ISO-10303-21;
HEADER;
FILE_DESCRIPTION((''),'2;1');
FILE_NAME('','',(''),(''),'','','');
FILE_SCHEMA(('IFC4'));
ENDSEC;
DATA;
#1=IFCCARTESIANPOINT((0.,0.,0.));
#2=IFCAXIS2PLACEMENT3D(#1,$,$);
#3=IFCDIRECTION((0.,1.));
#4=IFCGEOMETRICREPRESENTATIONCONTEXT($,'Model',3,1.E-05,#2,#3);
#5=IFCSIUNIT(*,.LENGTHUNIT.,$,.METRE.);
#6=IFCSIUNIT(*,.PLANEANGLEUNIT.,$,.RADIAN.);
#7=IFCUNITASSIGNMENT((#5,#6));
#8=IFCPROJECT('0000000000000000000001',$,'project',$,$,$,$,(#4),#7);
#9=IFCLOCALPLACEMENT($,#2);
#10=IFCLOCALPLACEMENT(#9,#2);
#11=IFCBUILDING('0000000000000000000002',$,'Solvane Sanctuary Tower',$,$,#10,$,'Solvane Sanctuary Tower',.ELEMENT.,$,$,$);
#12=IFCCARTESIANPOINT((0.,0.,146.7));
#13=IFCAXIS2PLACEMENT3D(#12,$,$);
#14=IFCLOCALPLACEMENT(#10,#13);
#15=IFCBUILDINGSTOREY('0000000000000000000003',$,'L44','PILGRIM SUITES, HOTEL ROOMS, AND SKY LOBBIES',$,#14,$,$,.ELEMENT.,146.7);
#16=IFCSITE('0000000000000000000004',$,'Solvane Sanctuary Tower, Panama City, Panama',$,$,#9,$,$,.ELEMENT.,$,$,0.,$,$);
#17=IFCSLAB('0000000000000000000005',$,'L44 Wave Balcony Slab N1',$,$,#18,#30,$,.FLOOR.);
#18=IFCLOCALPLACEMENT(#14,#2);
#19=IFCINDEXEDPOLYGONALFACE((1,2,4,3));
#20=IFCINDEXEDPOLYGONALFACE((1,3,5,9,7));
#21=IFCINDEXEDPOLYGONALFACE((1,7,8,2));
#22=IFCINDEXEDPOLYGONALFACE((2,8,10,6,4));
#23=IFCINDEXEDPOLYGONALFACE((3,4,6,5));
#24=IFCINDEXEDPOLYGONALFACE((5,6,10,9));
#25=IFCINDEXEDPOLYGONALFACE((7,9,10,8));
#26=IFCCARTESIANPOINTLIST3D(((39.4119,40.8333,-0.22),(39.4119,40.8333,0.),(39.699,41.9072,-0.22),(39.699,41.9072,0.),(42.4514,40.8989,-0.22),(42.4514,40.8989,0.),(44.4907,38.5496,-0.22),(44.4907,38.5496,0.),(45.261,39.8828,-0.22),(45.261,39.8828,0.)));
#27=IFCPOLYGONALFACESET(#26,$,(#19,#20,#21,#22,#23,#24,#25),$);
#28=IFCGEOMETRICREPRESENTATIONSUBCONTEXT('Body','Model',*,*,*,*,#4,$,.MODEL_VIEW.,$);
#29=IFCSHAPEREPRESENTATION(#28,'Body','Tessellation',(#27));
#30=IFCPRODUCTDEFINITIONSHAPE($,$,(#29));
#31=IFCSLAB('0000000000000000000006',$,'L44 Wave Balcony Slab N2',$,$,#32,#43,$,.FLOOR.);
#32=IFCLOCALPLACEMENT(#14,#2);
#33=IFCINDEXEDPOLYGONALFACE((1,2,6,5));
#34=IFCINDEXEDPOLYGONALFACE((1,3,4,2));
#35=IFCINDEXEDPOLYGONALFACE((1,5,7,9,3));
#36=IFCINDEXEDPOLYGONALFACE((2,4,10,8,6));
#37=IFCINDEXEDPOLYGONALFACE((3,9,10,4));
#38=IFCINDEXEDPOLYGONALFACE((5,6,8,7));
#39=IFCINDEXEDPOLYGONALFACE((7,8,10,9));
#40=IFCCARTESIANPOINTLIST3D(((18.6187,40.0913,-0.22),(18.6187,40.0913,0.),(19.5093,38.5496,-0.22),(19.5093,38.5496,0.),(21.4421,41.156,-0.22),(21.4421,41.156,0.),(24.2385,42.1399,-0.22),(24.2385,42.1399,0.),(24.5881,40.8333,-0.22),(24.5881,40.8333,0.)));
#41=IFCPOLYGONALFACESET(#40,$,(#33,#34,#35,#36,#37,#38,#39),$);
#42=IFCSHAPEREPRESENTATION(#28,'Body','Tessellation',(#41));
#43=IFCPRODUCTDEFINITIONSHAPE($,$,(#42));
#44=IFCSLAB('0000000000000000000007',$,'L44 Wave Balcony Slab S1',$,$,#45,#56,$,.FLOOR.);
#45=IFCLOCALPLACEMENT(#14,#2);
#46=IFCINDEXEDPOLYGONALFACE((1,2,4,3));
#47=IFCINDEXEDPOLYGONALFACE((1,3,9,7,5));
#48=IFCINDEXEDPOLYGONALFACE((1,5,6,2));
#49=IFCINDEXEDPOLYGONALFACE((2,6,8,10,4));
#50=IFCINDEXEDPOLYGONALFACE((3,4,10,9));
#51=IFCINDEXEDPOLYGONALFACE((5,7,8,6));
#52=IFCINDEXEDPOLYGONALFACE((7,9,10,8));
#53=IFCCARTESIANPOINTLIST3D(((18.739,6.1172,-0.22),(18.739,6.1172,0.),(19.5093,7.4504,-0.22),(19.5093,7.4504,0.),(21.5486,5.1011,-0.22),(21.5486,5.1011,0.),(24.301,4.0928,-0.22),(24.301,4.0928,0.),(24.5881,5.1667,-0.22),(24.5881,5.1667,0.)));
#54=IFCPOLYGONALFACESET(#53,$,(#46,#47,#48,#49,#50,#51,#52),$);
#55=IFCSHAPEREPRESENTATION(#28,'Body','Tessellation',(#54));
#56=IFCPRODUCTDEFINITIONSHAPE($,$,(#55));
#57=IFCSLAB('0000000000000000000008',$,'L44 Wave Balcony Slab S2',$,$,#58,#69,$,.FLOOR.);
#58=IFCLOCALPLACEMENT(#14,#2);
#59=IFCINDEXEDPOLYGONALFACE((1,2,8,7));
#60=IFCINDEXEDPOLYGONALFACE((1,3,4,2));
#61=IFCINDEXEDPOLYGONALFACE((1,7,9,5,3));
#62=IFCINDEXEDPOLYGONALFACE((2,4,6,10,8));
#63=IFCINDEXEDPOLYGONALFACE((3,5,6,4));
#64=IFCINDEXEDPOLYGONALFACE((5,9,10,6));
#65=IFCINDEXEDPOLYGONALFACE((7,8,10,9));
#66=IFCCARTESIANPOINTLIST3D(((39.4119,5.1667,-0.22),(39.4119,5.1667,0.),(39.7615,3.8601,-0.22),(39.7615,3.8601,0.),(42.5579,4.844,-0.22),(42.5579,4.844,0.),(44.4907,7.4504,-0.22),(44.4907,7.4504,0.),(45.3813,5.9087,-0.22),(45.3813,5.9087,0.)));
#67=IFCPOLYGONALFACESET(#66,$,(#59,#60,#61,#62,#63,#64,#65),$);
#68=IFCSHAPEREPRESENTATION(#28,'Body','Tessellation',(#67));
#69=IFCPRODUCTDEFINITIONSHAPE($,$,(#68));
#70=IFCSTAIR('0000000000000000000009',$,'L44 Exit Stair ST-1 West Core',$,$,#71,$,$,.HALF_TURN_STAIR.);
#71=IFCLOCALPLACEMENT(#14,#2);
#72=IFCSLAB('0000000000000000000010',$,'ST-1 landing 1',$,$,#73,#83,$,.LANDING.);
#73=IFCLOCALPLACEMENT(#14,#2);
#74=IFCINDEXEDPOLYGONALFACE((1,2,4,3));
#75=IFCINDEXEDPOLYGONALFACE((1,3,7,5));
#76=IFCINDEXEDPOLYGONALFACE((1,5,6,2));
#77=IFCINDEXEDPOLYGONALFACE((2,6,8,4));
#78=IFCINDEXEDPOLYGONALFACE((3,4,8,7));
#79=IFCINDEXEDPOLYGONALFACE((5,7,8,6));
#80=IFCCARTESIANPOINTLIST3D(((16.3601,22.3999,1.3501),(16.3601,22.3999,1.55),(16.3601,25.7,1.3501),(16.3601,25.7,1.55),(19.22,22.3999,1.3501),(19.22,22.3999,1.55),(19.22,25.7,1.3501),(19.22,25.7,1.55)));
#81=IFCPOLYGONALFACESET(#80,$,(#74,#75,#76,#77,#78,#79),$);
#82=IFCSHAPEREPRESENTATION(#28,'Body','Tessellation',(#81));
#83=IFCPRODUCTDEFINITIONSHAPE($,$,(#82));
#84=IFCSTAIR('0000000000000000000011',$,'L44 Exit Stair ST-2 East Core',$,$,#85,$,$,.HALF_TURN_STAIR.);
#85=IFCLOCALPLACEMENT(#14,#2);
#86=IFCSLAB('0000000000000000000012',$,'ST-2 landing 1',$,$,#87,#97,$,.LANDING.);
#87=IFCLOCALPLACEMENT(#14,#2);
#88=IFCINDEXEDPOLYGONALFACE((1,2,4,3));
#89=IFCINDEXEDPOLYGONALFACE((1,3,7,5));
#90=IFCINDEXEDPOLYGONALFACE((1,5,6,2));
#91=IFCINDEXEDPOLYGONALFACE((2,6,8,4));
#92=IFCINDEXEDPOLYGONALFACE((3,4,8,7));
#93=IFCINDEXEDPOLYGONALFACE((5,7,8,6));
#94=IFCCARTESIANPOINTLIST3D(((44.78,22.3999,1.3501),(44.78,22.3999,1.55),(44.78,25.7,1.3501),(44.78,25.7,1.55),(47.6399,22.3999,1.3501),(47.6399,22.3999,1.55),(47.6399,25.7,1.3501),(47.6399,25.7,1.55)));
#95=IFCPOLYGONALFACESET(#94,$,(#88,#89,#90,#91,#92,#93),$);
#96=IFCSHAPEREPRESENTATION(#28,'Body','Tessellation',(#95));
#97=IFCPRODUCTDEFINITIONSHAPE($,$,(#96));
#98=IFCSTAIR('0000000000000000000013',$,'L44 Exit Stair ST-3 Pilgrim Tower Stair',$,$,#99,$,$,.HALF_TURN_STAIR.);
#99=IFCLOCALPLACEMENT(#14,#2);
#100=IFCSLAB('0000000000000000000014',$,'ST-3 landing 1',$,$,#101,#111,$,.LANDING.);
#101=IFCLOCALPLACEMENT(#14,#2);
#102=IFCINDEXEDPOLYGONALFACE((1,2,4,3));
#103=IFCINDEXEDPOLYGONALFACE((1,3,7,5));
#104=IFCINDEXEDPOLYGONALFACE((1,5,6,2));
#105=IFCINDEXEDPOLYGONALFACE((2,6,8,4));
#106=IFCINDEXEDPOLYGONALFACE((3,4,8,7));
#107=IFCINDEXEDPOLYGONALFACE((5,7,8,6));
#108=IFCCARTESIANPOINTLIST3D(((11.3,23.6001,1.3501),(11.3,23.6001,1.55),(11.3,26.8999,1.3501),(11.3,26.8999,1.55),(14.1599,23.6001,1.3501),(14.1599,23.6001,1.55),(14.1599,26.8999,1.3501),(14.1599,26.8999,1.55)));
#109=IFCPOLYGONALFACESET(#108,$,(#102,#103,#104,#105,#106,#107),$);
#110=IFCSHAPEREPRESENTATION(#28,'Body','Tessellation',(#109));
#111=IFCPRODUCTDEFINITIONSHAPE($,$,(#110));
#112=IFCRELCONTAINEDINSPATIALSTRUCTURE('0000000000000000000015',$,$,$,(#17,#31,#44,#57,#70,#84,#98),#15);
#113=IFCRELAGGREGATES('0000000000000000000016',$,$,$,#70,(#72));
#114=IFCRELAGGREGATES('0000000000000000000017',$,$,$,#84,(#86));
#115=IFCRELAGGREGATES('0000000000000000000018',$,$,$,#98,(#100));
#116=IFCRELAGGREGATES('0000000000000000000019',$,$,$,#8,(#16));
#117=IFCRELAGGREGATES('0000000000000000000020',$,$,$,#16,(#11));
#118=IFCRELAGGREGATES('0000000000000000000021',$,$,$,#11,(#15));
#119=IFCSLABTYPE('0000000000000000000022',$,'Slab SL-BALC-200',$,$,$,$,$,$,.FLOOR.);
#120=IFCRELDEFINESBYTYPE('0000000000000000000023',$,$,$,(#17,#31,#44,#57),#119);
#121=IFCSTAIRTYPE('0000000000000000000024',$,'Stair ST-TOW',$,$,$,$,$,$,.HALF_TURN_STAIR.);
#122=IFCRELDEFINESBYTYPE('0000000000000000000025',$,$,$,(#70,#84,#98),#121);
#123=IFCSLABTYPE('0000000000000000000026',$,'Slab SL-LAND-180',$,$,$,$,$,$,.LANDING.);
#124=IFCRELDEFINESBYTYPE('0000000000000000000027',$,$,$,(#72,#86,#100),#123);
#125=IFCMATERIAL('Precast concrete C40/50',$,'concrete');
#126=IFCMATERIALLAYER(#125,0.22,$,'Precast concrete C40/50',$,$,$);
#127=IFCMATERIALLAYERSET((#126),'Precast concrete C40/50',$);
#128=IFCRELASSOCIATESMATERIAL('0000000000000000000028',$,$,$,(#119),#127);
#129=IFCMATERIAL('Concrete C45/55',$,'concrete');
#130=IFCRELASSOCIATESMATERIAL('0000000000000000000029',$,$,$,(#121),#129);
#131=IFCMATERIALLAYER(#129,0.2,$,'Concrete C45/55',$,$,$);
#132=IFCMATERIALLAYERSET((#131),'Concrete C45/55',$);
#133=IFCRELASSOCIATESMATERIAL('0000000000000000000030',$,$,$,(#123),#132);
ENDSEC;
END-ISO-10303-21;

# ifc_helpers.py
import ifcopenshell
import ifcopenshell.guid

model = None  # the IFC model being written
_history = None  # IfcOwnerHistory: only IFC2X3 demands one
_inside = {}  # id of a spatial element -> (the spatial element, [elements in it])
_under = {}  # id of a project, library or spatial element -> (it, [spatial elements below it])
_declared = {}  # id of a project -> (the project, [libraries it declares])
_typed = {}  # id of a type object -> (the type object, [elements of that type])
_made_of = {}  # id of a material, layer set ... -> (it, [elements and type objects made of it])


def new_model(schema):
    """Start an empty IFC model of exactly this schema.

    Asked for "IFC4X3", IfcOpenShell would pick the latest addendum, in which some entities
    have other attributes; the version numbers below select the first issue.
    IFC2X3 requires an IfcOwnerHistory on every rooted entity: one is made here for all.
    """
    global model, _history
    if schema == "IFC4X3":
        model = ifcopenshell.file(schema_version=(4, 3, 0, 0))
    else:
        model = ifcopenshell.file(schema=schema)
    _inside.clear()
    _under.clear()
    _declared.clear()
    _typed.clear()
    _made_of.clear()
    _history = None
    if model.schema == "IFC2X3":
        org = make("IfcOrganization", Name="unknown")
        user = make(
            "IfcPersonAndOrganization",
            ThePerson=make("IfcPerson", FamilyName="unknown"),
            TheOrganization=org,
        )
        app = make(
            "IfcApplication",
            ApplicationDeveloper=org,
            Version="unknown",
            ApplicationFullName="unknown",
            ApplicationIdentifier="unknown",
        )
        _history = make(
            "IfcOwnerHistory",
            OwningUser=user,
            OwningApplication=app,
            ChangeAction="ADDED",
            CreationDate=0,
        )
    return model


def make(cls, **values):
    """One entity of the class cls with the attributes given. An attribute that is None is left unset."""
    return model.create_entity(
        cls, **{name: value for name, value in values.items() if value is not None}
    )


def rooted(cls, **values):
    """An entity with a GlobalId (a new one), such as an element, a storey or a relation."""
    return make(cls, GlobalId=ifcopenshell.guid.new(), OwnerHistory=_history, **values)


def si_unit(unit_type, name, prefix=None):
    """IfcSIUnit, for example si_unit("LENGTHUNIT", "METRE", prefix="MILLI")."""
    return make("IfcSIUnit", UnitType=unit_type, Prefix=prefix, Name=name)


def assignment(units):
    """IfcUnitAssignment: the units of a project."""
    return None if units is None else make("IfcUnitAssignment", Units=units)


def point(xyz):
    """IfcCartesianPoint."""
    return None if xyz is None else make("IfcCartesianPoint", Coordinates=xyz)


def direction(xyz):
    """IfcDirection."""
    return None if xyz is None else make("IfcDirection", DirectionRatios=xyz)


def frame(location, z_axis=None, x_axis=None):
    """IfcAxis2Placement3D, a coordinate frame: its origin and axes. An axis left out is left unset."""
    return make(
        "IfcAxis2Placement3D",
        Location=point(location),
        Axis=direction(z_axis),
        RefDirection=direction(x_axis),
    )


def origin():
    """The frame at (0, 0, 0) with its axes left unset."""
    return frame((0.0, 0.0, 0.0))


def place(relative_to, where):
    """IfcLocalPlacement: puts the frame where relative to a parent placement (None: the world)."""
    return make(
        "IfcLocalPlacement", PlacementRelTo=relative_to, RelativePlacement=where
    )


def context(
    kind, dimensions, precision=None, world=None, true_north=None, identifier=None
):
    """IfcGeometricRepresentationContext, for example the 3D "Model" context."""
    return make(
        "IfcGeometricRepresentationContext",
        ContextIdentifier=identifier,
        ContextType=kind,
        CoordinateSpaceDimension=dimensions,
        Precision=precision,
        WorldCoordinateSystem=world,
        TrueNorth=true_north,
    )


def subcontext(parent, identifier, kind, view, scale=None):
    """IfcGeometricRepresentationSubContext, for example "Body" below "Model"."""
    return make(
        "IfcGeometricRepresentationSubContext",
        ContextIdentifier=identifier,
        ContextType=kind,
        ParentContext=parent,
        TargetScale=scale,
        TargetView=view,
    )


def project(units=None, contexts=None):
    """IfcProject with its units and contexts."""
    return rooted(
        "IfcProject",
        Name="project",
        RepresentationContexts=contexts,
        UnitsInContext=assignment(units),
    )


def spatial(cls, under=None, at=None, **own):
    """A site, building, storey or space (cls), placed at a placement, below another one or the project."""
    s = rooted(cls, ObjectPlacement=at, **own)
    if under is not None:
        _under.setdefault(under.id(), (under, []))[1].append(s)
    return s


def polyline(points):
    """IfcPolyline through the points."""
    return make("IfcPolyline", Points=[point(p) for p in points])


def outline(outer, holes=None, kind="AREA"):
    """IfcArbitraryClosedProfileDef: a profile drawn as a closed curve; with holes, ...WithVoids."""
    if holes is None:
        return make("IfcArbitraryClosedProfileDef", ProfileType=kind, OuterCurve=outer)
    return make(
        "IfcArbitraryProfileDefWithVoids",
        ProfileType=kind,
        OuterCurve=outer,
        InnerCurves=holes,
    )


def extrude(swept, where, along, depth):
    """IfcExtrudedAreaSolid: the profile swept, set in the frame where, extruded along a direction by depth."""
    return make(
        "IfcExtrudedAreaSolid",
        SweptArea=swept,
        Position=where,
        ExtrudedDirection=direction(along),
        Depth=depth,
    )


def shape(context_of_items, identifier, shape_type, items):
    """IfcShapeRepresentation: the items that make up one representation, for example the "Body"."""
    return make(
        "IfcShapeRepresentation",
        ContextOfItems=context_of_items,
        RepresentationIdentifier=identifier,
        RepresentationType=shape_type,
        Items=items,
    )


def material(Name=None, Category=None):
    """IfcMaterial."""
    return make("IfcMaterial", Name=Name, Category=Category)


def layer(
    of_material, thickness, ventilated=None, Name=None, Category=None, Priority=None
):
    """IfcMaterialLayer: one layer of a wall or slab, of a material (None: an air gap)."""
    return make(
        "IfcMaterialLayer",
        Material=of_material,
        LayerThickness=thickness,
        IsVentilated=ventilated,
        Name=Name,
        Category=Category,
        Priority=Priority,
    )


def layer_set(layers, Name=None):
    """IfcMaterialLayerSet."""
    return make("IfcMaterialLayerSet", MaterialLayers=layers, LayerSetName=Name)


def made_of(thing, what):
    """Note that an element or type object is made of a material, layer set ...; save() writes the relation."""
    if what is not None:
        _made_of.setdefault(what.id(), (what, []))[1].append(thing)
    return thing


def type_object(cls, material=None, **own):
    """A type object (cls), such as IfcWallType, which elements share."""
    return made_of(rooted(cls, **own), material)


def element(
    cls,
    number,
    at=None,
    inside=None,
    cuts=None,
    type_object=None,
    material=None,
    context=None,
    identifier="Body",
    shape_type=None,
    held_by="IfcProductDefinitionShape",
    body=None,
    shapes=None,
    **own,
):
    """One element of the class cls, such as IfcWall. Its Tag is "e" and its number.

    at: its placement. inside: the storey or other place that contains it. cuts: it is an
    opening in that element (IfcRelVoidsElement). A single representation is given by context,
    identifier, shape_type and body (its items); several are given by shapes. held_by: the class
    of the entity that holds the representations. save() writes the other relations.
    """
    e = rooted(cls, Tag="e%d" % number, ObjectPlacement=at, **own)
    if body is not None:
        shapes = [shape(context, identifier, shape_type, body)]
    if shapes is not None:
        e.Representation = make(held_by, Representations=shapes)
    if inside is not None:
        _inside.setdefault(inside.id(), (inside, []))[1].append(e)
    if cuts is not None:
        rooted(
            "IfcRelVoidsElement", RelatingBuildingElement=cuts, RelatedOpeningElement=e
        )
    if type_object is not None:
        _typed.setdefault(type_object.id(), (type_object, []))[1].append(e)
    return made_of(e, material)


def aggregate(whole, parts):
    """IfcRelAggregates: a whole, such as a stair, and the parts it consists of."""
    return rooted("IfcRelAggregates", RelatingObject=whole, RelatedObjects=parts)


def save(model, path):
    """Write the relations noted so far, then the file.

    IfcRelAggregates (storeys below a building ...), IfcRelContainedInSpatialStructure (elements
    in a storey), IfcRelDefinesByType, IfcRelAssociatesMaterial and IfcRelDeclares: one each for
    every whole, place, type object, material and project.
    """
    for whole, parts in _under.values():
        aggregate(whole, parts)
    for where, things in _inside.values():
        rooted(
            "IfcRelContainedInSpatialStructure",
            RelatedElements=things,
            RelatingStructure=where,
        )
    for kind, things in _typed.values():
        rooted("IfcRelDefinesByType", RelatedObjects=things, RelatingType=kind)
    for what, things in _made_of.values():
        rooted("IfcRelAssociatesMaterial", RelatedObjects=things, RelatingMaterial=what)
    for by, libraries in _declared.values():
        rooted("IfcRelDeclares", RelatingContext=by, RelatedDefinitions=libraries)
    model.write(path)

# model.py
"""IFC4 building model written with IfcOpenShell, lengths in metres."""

from ifc_helpers import new_model, si_unit, direction, frame, origin, place, context, subcontext, project, spatial, polyline, outline, extrude, material, layer, layer_set, type_object, element, aggregate, save


model = new_model("IFC4")

# Units and contexts
model_context = context("Model", 3, precision=1e-05, world=origin(), true_north=direction((0.0, 1.0)))
body_context = subcontext(model_context, "Body", "Model", "MODEL_VIEW")
ifc_project = project(units=[si_unit("LENGTHUNIT", "METRE"), si_unit("PLANEANGLEUNIT", "RADIAN")], contexts=[model_context])

# Site, building, storey
site_placement = place(None, origin())
site = spatial("IfcSite", under=ifc_project, at=site_placement, Name="Solvane Sanctuary Tower, Panama City, Panama", CompositionType="ELEMENT", RefElevation=0.0)
building_placement = place(site_placement, origin())
building = spatial("IfcBuilding", under=site, at=building_placement, Name="Solvane Sanctuary Tower", LongName="Solvane Sanctuary Tower", CompositionType="ELEMENT")
storey_placement = place(building_placement, frame((0.0, 0.0, 146.7)))
storey = spatial("IfcBuildingStorey", under=building, at=storey_placement, Name="L44", Description="PILGRIM SUITES, HOTEL ROOMS, AND SKY LOBBIES", CompositionType="ELEMENT", Elevation=146.7)

# Slabs
ifc_material_1 = material(Name="Precast concrete C40/50", Category="concrete")
ifc_layer_1 = layer(ifc_material_1, 0.22, Name="Precast concrete C40/50")
ifc_layer_set_1 = layer_set([ifc_layer_1], Name="Precast concrete C40/50")
slab_type_1 = type_object("IfcSlabType", Name="Slab SL-BALC-200", PredefinedType="FLOOR", material=ifc_layer_set_1)
slab_1_placement = place(storey_placement, frame((0.0, 0.0, -0.22)))
element("IfcSlab", 1, at=slab_1_placement, inside=storey, type_object=slab_type_1, Name="L44 Wave Balcony Slab N1", PredefinedType="FLOOR", context=body_context, shape_type="SweptSolid", body=[
    extrude(outline(polyline([(45.261, 39.8828), (42.4514, 40.8989), (39.699, 41.9072), (39.4119, 40.8333), (44.4907, 38.5496), (45.261, 39.8828)])), origin(), (0.0, 0.0, 1.0), 0.22),
])
slab_2_placement = place(storey_placement, frame((0.0, 0.0, -0.22)))
element("IfcSlab", 2, at=slab_2_placement, inside=storey, type_object=slab_type_1, Name="L44 Wave Balcony Slab N2", PredefinedType="FLOOR", context=body_context, shape_type="SweptSolid", body=[
    extrude(outline(polyline([(24.2385, 42.1399), (21.4421, 41.156), (18.6187, 40.0913), (19.5093, 38.5496), (24.5881, 40.8333), (24.2385, 42.1399)])), origin(), (0.0, 0.0, 1.0), 0.22),
])
slab_3_placement = place(storey_placement, frame((0.0, 0.0, -0.22)))
element("IfcSlab", 3, at=slab_3_placement, inside=storey, type_object=slab_type_1, Name="L44 Wave Balcony Slab S1", PredefinedType="FLOOR", context=body_context, shape_type="SweptSolid", body=[
    extrude(outline(polyline([(18.739, 6.1172), (21.5486, 5.1011), (24.301, 4.0928), (24.5881, 5.1667), (19.5093, 7.4504), (18.739, 6.1172)])), origin(), (0.0, 0.0, 1.0), 0.22),
])
slab_4_placement = place(storey_placement, frame((0.0, 0.0, -0.22)))
element("IfcSlab", 4, at=slab_4_placement, inside=storey, type_object=slab_type_1, Name="L44 Wave Balcony Slab S2", PredefinedType="FLOOR", context=body_context, shape_type="SweptSolid", body=[
    extrude(outline(polyline([(39.7615, 3.8601), (42.5579, 4.844), (45.3813, 5.9087), (44.4907, 7.4504), (39.4119, 5.1667), (39.7615, 3.8601)])), origin(), (0.0, 0.0, 1.0), 0.22),
])

# Stairs, slabs
ifc_material_2 = material(Name="Concrete C45/55", Category="concrete")
stair_type = type_object("IfcStairType", Name="Stair ST-TOW", PredefinedType="HALF_TURN_STAIR", material=ifc_material_2)
stair_1_placement = place(storey_placement, origin())
stair_1 = element("IfcStair", 5, at=stair_1_placement, inside=storey, type_object=stair_type, Name="L44 Exit Stair ST-1 West Core", PredefinedType="HALF_TURN_STAIR")
ifc_layer_2 = layer(ifc_material_2, 0.2, Name="Concrete C45/55")
ifc_layer_set_2 = layer_set([ifc_layer_2], Name="Concrete C45/55")
slab_type_2 = type_object("IfcSlabType", Name="Slab SL-LAND-180", PredefinedType="LANDING", material=ifc_layer_set_2)
slab_5_placement = place(storey_placement, frame((0.0, 0.0, 1.3501)))
slab_5 = element("IfcSlab", 6, at=slab_5_placement, type_object=slab_type_2, Name="ST-1 landing 1", PredefinedType="LANDING", context=body_context, shape_type="SweptSolid", body=[
    extrude(outline(polyline([(19.22, 22.3999), (19.22, 25.7), (16.3601, 25.7), (16.3601, 22.3999), (19.22, 22.3999)])), origin(), (0.0, 0.0, 1.0), 0.2),
])
aggregate(stair_1, [slab_5])
stair_2_placement = place(storey_placement, origin())
stair_2 = element("IfcStair", 7, at=stair_2_placement, inside=storey, type_object=stair_type, Name="L44 Exit Stair ST-2 East Core", PredefinedType="HALF_TURN_STAIR")
slab_6_placement = place(storey_placement, frame((0.0, 0.0, 1.3501)))
slab_6 = element("IfcSlab", 8, at=slab_6_placement, type_object=slab_type_2, Name="ST-2 landing 1", PredefinedType="LANDING", context=body_context, shape_type="SweptSolid", body=[
    extrude(outline(polyline([(47.6399, 22.3999), (47.6399, 25.7), (44.78, 25.7), (44.78, 22.3999), (47.6399, 22.3999)])), origin(), (0.0, 0.0, 1.0), 0.2),
])
aggregate(stair_2, [slab_6])
stair_3_placement = place(storey_placement, origin())
stair_3 = element("IfcStair", 9, at=stair_3_placement, inside=storey, type_object=stair_type, Name="L44 Exit Stair ST-3 Pilgrim Tower Stair", PredefinedType="HALF_TURN_STAIR")
slab_7_placement = place(storey_placement, frame((0.0, 0.0, 1.3501)))
slab_7 = element("IfcSlab", 10, at=slab_7_placement, type_object=slab_type_2, Name="ST-3 landing 1", PredefinedType="LANDING", context=body_context, shape_type="SweptSolid", body=[
    extrude(outline(polyline([(14.1599, 23.6001), (14.1599, 26.8999), (11.3, 26.8999), (11.3, 23.6001), (14.1599, 23.6001)])), origin(), (0.0, 0.0, 1.0), 0.2),
])
aggregate(stair_3, [slab_7])

save(model, "model.ifc")
